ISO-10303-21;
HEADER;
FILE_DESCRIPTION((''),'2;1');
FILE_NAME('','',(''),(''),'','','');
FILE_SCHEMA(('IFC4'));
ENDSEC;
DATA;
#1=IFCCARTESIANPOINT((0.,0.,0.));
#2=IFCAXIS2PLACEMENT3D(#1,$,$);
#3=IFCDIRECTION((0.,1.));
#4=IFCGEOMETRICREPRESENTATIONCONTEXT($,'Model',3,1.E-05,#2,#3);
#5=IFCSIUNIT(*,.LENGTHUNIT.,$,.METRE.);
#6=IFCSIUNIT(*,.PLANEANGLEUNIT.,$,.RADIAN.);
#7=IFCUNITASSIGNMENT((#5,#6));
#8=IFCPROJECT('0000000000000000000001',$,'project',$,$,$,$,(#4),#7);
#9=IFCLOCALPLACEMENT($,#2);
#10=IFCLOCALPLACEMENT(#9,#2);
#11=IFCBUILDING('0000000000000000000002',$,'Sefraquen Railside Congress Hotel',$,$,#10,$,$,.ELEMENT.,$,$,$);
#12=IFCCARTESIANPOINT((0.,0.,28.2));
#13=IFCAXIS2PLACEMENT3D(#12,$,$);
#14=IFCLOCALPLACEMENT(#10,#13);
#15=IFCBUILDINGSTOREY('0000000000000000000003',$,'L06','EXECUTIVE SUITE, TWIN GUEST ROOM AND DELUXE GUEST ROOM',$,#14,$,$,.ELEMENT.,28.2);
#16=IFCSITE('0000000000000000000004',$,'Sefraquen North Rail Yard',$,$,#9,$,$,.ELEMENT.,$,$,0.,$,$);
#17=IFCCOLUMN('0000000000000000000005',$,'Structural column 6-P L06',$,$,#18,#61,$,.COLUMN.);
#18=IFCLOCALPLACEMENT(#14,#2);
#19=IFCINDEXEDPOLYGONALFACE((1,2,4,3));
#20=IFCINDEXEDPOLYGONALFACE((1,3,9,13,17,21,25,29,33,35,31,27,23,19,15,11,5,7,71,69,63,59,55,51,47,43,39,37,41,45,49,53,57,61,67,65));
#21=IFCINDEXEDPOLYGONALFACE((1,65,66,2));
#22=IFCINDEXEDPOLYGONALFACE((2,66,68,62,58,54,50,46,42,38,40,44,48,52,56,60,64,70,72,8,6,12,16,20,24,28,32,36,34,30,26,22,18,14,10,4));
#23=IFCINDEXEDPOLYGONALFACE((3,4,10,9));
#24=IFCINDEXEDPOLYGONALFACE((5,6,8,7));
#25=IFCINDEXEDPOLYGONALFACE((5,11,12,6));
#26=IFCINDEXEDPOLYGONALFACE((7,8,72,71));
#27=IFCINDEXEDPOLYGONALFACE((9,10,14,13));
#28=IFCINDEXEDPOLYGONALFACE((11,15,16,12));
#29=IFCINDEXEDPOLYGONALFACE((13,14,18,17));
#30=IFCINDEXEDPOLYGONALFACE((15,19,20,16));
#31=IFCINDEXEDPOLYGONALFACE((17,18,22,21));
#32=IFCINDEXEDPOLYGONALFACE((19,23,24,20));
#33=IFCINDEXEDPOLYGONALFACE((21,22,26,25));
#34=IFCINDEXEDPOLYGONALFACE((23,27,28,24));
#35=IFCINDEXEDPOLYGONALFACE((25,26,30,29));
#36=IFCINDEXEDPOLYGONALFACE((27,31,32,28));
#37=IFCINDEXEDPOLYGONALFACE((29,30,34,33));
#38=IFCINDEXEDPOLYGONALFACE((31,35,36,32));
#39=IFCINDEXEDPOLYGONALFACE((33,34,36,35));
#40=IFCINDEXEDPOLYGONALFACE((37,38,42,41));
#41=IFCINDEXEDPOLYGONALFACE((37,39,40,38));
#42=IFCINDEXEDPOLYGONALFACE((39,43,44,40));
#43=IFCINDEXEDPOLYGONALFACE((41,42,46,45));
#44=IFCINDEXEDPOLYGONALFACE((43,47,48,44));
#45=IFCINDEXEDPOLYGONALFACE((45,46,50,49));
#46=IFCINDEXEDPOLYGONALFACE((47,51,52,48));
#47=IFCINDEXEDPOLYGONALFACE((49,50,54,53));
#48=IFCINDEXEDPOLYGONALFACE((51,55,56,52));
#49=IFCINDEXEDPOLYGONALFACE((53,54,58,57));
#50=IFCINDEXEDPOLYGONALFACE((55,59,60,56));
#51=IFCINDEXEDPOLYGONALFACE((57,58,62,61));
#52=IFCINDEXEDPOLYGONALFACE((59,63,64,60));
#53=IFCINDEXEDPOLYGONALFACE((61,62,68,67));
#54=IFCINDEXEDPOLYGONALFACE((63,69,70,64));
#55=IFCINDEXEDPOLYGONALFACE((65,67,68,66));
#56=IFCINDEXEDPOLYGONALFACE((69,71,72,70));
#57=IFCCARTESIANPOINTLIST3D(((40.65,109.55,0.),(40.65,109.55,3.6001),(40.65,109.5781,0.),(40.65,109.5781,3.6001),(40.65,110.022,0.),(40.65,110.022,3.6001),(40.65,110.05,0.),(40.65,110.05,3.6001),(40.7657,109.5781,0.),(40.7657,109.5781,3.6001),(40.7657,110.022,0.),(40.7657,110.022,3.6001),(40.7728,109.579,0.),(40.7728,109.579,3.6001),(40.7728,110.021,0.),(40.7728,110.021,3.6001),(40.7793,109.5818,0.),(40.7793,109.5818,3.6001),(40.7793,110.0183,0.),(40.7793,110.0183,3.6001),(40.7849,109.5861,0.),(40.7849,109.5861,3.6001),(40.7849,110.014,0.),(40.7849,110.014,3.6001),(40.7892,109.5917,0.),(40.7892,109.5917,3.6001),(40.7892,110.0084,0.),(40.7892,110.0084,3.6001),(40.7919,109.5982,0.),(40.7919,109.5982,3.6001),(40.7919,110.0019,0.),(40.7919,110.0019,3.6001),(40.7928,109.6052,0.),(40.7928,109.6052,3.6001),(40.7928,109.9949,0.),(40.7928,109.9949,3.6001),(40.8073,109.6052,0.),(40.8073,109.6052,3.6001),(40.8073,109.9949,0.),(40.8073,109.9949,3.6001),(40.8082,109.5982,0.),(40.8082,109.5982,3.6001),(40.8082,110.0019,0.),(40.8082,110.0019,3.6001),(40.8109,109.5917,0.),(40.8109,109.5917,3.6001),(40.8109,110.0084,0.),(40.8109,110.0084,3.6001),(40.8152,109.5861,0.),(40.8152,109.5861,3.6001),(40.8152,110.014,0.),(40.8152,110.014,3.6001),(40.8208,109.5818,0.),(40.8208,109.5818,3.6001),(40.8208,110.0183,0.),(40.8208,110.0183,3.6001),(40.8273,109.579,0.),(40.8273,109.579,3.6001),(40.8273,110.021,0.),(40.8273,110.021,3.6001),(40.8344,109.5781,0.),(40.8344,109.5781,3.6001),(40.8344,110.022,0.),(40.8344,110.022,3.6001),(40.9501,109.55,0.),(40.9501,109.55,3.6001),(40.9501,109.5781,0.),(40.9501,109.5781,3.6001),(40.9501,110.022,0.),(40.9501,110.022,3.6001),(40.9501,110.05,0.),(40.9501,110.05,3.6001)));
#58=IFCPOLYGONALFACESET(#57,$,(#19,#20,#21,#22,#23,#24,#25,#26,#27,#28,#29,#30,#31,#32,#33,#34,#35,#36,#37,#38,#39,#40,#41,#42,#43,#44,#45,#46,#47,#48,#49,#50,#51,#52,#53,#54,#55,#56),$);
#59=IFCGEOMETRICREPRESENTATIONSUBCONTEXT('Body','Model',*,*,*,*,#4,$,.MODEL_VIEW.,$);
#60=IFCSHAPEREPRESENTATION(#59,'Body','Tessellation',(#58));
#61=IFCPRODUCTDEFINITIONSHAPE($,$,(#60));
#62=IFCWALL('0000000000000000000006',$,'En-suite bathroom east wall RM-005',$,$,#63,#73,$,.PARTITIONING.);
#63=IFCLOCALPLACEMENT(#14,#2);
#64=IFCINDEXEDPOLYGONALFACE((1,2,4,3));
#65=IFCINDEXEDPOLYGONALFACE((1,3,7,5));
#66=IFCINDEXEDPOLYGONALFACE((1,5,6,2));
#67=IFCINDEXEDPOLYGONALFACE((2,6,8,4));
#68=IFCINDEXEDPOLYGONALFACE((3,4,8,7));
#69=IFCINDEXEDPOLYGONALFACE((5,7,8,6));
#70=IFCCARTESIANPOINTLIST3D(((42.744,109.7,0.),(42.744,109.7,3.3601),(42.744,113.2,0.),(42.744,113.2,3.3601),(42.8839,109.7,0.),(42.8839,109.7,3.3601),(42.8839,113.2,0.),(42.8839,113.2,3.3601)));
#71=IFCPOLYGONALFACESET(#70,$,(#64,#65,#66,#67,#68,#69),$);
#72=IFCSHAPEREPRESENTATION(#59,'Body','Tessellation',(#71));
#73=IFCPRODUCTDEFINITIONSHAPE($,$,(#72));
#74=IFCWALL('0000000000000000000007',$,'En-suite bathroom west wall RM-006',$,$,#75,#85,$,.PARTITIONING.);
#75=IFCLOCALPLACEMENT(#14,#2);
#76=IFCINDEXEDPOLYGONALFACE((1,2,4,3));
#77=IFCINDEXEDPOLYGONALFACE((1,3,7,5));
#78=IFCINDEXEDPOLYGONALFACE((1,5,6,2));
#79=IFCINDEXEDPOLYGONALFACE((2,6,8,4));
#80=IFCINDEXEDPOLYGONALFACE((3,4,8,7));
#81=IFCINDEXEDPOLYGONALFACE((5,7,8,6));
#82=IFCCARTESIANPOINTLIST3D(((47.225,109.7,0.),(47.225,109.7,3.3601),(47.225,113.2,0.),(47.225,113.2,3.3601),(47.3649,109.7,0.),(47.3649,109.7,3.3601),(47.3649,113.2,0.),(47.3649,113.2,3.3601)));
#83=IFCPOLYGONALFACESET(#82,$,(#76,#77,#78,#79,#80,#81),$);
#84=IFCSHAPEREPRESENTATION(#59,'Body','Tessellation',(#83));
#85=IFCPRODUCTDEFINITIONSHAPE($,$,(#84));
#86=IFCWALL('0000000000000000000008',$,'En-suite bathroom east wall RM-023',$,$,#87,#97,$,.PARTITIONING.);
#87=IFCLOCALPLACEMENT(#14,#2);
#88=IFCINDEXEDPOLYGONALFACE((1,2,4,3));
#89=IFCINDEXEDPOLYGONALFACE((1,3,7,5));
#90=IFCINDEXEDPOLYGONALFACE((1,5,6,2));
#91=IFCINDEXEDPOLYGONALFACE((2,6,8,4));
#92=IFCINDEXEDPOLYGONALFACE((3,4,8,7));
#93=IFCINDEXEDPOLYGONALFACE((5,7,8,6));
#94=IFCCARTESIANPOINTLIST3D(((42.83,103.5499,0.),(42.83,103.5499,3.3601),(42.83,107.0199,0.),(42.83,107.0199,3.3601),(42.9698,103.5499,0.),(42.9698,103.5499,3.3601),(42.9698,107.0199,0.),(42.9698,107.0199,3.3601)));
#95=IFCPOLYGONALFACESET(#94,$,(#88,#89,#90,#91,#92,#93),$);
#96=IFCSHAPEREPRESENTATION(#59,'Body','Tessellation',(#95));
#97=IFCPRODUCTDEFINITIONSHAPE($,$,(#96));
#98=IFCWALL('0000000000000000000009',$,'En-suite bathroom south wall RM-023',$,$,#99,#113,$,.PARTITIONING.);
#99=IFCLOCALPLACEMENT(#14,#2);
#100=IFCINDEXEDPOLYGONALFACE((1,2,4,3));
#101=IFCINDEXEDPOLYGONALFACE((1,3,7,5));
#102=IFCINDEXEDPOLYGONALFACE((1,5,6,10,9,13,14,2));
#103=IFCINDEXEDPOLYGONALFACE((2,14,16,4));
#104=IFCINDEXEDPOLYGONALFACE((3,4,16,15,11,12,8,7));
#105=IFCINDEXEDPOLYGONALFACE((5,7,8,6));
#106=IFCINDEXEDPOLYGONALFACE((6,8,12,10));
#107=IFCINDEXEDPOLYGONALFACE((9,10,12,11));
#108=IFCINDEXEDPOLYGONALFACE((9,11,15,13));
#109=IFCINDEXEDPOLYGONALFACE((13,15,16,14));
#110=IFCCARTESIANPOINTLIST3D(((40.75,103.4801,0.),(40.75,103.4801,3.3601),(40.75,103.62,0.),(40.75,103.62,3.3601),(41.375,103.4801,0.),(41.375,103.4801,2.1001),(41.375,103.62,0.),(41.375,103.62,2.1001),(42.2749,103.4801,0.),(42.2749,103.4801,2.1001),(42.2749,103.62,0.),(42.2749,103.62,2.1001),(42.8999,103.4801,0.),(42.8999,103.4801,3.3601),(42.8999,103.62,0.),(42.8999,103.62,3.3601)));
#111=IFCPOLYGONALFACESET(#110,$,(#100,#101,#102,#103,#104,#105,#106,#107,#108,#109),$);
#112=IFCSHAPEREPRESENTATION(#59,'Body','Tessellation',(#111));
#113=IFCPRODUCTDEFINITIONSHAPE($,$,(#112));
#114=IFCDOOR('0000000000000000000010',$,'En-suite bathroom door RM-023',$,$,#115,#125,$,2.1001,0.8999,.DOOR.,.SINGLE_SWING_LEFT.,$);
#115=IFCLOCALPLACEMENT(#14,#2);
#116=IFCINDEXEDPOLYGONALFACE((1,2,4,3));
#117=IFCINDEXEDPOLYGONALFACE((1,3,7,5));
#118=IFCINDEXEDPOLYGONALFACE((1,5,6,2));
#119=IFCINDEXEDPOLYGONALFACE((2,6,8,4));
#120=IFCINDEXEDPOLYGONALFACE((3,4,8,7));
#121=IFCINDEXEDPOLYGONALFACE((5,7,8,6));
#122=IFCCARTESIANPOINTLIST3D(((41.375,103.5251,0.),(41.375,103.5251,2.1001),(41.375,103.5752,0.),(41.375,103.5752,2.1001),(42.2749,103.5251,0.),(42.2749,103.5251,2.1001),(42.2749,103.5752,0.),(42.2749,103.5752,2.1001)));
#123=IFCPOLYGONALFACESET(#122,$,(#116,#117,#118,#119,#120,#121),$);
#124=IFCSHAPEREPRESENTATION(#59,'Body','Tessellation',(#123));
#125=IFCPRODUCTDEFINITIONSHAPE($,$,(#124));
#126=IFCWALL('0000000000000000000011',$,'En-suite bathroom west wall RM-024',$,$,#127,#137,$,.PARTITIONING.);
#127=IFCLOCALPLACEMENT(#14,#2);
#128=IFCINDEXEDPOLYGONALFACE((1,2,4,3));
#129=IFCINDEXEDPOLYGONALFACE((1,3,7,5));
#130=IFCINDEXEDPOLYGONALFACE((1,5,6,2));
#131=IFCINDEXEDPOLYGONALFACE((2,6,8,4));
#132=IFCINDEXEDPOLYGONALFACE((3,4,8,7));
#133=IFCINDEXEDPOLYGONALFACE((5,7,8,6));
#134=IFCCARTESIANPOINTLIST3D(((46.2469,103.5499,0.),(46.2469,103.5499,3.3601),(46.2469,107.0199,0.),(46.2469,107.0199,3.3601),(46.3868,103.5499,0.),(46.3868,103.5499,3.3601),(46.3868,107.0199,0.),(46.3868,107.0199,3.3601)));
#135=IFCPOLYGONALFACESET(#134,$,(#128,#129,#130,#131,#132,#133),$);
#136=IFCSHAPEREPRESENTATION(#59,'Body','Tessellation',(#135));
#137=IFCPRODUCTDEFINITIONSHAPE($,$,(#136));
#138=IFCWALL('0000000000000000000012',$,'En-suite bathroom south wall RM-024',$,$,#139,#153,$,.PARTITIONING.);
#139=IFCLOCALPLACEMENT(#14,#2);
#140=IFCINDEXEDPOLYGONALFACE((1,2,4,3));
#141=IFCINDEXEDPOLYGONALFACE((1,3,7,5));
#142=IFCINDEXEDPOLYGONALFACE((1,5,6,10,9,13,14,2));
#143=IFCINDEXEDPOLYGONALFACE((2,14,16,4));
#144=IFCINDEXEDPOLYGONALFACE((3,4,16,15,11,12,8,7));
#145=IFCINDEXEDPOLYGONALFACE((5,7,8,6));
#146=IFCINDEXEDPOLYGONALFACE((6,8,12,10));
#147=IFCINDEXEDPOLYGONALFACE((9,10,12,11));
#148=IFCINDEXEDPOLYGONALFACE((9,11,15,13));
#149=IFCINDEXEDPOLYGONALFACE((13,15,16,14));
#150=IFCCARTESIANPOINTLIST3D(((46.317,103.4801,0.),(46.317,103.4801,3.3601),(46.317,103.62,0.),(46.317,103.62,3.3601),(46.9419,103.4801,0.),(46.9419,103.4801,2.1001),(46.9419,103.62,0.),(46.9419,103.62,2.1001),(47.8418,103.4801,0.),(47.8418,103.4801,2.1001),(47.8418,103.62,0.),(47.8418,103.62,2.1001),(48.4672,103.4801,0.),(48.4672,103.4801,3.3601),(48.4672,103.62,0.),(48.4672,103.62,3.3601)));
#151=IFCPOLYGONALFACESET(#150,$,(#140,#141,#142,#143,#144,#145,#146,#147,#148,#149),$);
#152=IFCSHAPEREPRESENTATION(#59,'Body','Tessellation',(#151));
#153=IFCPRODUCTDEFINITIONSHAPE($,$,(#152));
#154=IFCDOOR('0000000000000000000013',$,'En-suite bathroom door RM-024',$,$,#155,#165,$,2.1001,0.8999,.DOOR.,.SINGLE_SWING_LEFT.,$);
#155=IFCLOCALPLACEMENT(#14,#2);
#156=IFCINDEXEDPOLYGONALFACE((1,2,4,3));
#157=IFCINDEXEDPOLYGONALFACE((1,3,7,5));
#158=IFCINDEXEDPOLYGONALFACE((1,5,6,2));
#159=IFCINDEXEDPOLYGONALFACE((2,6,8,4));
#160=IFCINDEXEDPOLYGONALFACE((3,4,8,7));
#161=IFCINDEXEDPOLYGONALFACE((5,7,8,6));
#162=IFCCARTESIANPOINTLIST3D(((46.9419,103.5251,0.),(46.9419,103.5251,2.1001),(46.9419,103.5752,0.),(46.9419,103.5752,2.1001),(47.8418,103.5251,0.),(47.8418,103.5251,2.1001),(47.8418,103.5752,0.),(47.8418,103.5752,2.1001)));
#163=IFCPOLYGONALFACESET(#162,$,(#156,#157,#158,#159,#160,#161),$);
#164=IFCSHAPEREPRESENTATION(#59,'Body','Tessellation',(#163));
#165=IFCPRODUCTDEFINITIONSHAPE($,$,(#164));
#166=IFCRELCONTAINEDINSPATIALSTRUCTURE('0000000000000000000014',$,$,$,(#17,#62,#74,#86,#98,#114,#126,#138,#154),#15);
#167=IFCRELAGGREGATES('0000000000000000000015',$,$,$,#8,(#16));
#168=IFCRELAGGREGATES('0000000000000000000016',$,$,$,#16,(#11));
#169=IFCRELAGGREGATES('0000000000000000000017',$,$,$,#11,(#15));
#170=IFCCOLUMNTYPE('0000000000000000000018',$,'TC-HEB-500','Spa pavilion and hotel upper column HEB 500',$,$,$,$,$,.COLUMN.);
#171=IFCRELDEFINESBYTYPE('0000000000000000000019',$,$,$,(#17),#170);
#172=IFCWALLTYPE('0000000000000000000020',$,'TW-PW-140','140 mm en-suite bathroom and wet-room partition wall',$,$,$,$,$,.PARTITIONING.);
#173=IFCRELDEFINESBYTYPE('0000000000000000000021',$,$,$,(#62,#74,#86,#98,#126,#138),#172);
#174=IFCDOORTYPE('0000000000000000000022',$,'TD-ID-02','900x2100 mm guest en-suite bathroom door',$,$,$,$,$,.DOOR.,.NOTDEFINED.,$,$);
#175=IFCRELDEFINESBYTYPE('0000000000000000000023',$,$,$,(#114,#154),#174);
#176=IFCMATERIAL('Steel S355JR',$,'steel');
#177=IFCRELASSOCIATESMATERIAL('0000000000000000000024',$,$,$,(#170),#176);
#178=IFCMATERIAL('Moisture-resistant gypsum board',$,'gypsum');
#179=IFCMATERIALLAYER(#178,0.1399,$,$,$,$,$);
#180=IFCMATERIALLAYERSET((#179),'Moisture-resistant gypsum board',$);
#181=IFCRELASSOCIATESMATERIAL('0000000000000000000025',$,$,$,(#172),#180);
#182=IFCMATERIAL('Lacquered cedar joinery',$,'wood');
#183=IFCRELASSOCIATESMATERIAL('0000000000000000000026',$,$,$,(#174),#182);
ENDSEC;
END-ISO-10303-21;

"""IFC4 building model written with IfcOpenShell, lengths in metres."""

from ifc_helpers import new_model, si_unit, direction, frame, frame_2d, origin, origin_2d, place, context, subcontext, project, spatial, rectangle, i_section, extrude, material, layer, layer_set, material_profile, profile_set, type_object, element, fill, save


model = new_model("IFC4")

# Units and contexts
model_context = context("Model", 3, precision=1e-05, world=origin(), true_north=direction((0.0, 1.0)))
body_context = subcontext(model_context, "Body", "Model", "MODEL_VIEW")
ifc_project = project(units=[si_unit("LENGTHUNIT", "METRE"), si_unit("PLANEANGLEUNIT", "RADIAN")], contexts=[model_context])

# Site, building, storey
site_placement = place(None, origin())
site = spatial("IfcSite", under=ifc_project, at=site_placement, Name="Sefraquen North Rail Yard", CompositionType="ELEMENT", RefElevation=0.0)
building_placement = place(site_placement, origin())
building = spatial("IfcBuilding", under=site, at=building_placement, Name="Sefraquen Railside Congress Hotel", CompositionType="ELEMENT")
storey_placement = place(building_placement, frame((0.0, 0.0, 28.2)))
storey = spatial("IfcBuildingStorey", under=building, at=storey_placement, Name="L06", Description="EXECUTIVE SUITE, TWIN GUEST ROOM AND DELUXE GUEST ROOM", CompositionType="ELEMENT", Elevation=28.2)

# Column
ifc_material_1 = material(Name="Steel S355JR", Category="steel")
ifc_material_profile = material_profile(ifc_material_1, i_section(OverallWidth=0.3, OverallDepth=0.5, WebThickness=0.0144, FlangeThickness=0.0281, FilletRadius=0.0271, at=origin_2d()), Name="HEB 500")
ifc_profile_set = profile_set([ifc_material_profile], Name="Steel S355JR")
column_type = type_object("IfcColumnType", Name="TC-HEB-500", Description="Spa pavilion and hotel upper column HEB 500", PredefinedType="COLUMN", material=ifc_profile_set)
column_placement = place(storey_placement, frame((40.8, 109.8, 0.0), z_axis=(0.0, 0.0, 1.0), x_axis=(1.0, 0.0, 0.0)))
element("IfcColumn", 1, at=column_placement, inside=storey, type_object=column_type, Name="Structural column 6-P L06", PredefinedType="COLUMN", context=body_context, shape_type="SweptSolid", body=[
    extrude(i_section(OverallWidth=0.3, OverallDepth=0.5, WebThickness=0.0144, FlangeThickness=0.0281, FilletRadius=0.0271, at=origin_2d()), origin(), (0.0, 0.0, 1.0), 3.6001),
])

# Walls
ifc_material_2 = material(Name="Moisture-resistant gypsum board", Category="gypsum")
ifc_layer_1 = layer(ifc_material_2, 0.1399)
ifc_layer_set_1 = layer_set([ifc_layer_1], Name="Moisture-resistant gypsum board")
wall_type_1 = type_object("IfcWallType", Name="TW-PW-140", Description="140 mm en-suite bathroom and wet-room partition wall", PredefinedType="PARTITIONING", material=ifc_layer_set_1)
for number, where, z_axis, x_axis, name in (
    (2, (42.814, 109.7, 0.0), (0.0, 0.0, 1.0), (0.0, 1.0, 0.0), "En-suite bathroom east wall RM-005"),
    (3, (47.2949, 109.7, 0.0), (0.0, 0.0, 1.0), (0.0, 1.0, 0.0), "En-suite bathroom west wall RM-006"),
):
    element("IfcWall", number, at=place(storey_placement, frame(where, z_axis=z_axis, x_axis=x_axis)), inside=storey, type_object=wall_type_1, Name=name, PredefinedType="PARTITIONING", context=body_context, shape_type="SweptSolid", body=[
        extrude(rectangle(XDim=3.5, YDim=0.1399, at=frame_2d((1.75, 0.0))), origin(), (0.0, 0.0, 1.0), 3.3601),
    ])
wall_1_placement = place(storey_placement, frame((42.8999, 103.55, 0.0), z_axis=(0.0, 0.0, 1.0), x_axis=(0.0, 1.0, 0.0)))
element("IfcWall", 4, at=wall_1_placement, inside=storey, type_object=wall_type_1, Name="En-suite bathroom east wall RM-023", PredefinedType="PARTITIONING", context=body_context, shape_type="SweptSolid", body=[
    extrude(rectangle(XDim=3.47, YDim=0.1399, at=frame_2d((1.7349, 0.0))), origin(), (0.0, 0.0, 1.0), 3.3601),
])

# Wall, opening, door
wall_2_placement = place(storey_placement, frame((40.75, 103.55, 0.0), z_axis=(0.0, 0.0, 1.0), x_axis=(1.0, 0.0, 0.0)))
wall_2 = element("IfcWall", 5, at=wall_2_placement, inside=storey, type_object=wall_type_1, Name="En-suite bathroom south wall RM-023", PredefinedType="PARTITIONING", context=body_context, shape_type="SweptSolid", body=[
    extrude(rectangle(XDim=2.1499, YDim=0.1399, at=frame_2d((1.075, 0.0))), origin(), (0.0, 0.0, 1.0), 3.3601),
])
opening_1_placement = place(wall_2_placement, frame((0.625, 0.0, 0.0)))
opening_1 = element("IfcOpeningElement", 6, at=opening_1_placement, cuts=wall_2, PredefinedType="OPENING", context=body_context, shape_type="SweptSolid", body=[
    extrude(rectangle(XDim=0.8999, YDim=2.1001, at=frame_2d((0.45, 1.05))), frame((0.0, 0.0798, 0.0), z_axis=(0.0, -1.0, 0.0), x_axis=(1.0, 0.0, 0.0)), (0.0, 0.0, 1.0), 0.1599),
])
ifc_material_3 = material(Name="Lacquered cedar joinery", Category="wood")
door_type_1 = type_object("IfcDoorType", Name="TD-ID-02", Description="900x2100 mm guest en-suite bathroom door", OperationType="NOTDEFINED", PredefinedType="DOOR", material=ifc_material_3)
door_1_placement = place(opening_1_placement, frame((0.8999, 0.0, 0.0), z_axis=(0.0, 0.0, 1.0), x_axis=(-1.0, 0.0, 0.0)))
door_1 = element("IfcDoor", 7, at=door_1_placement, inside=storey, type_object=door_type_1, Name="En-suite bathroom door RM-023", OperationType="SINGLE_SWING_LEFT", OverallHeight=2.1001, OverallWidth=0.8999, PredefinedType="DOOR", context=body_context, shape_type="SweptSolid", body=[
    extrude(rectangle(XDim=0.8999, YDim=2.1001, at=frame_2d((0.45, 1.05))), frame((0.0, 0.0249, 0.0), z_axis=(0.0, -1.0, 0.0), x_axis=(1.0, 0.0, 0.0)), (0.0, 0.0, 1.0), 0.05),
])
fill(opening_1, door_1)

# Wall
wall_3_placement = place(storey_placement, frame((46.3169, 103.55, 0.0), z_axis=(0.0, 0.0, 1.0), x_axis=(0.0, 1.0, 0.0)))
element("IfcWall", 8, at=wall_3_placement, inside=storey, type_object=wall_type_1, Name="En-suite bathroom west wall RM-024", PredefinedType="PARTITIONING", context=body_context, shape_type="SweptSolid", body=[
    extrude(rectangle(XDim=3.47, YDim=0.1399, at=frame_2d((1.7349, 0.0))), origin(), (0.0, 0.0, 1.0), 3.3601),
])

# Wall, opening, door
wall_4_placement = place(storey_placement, frame((46.3169, 103.55, 0.0), z_axis=(0.0, 0.0, 1.0), x_axis=(1.0, 0.0, 0.0)))
wall_4 = element("IfcWall", 9, at=wall_4_placement, inside=storey, type_object=wall_type_1, Name="En-suite bathroom south wall RM-024", PredefinedType="PARTITIONING", context=body_context, shape_type="SweptSolid", body=[
    extrude(rectangle(XDim=2.1501, YDim=0.1399, at=frame_2d((1.0752, 0.0))), origin(), (0.0, 0.0, 1.0), 3.3601),
])
opening_2_placement = place(wall_4_placement, frame((0.625, 0.0, 0.0)))
opening_2 = element("IfcOpeningElement", 10, at=opening_2_placement, cuts=wall_4, PredefinedType="OPENING", context=body_context, shape_type="SweptSolid", body=[
    extrude(rectangle(XDim=0.8999, YDim=2.1001, at=frame_2d((0.45, 1.05))), frame((0.0, 0.0798, 0.0), z_axis=(0.0, -1.0, 0.0), x_axis=(1.0, 0.0, 0.0)), (0.0, 0.0, 1.0), 0.1599),
])
door_2_placement = place(opening_2_placement, frame((0.8999, 0.0, 0.0), z_axis=(0.0, 0.0, 1.0), x_axis=(-1.0, 0.0, 0.0)))
door_2 = element("IfcDoor", 11, at=door_2_placement, inside=storey, type_object=door_type_1, Name="En-suite bathroom door RM-024", OperationType="SINGLE_SWING_LEFT", OverallHeight=2.1001, OverallWidth=0.8999, PredefinedType="DOOR", context=body_context, shape_type="SweptSolid", body=[
    extrude(rectangle(XDim=0.8999, YDim=2.1001, at=frame_2d((0.45, 1.05))), frame((0.0, 0.0249, 0.0), z_axis=(0.0, -1.0, 0.0), x_axis=(1.0, 0.0, 0.0)), (0.0, 0.0, 1.0), 0.05),
])
fill(opening_2, door_2)

save(model, "model.ifc")
